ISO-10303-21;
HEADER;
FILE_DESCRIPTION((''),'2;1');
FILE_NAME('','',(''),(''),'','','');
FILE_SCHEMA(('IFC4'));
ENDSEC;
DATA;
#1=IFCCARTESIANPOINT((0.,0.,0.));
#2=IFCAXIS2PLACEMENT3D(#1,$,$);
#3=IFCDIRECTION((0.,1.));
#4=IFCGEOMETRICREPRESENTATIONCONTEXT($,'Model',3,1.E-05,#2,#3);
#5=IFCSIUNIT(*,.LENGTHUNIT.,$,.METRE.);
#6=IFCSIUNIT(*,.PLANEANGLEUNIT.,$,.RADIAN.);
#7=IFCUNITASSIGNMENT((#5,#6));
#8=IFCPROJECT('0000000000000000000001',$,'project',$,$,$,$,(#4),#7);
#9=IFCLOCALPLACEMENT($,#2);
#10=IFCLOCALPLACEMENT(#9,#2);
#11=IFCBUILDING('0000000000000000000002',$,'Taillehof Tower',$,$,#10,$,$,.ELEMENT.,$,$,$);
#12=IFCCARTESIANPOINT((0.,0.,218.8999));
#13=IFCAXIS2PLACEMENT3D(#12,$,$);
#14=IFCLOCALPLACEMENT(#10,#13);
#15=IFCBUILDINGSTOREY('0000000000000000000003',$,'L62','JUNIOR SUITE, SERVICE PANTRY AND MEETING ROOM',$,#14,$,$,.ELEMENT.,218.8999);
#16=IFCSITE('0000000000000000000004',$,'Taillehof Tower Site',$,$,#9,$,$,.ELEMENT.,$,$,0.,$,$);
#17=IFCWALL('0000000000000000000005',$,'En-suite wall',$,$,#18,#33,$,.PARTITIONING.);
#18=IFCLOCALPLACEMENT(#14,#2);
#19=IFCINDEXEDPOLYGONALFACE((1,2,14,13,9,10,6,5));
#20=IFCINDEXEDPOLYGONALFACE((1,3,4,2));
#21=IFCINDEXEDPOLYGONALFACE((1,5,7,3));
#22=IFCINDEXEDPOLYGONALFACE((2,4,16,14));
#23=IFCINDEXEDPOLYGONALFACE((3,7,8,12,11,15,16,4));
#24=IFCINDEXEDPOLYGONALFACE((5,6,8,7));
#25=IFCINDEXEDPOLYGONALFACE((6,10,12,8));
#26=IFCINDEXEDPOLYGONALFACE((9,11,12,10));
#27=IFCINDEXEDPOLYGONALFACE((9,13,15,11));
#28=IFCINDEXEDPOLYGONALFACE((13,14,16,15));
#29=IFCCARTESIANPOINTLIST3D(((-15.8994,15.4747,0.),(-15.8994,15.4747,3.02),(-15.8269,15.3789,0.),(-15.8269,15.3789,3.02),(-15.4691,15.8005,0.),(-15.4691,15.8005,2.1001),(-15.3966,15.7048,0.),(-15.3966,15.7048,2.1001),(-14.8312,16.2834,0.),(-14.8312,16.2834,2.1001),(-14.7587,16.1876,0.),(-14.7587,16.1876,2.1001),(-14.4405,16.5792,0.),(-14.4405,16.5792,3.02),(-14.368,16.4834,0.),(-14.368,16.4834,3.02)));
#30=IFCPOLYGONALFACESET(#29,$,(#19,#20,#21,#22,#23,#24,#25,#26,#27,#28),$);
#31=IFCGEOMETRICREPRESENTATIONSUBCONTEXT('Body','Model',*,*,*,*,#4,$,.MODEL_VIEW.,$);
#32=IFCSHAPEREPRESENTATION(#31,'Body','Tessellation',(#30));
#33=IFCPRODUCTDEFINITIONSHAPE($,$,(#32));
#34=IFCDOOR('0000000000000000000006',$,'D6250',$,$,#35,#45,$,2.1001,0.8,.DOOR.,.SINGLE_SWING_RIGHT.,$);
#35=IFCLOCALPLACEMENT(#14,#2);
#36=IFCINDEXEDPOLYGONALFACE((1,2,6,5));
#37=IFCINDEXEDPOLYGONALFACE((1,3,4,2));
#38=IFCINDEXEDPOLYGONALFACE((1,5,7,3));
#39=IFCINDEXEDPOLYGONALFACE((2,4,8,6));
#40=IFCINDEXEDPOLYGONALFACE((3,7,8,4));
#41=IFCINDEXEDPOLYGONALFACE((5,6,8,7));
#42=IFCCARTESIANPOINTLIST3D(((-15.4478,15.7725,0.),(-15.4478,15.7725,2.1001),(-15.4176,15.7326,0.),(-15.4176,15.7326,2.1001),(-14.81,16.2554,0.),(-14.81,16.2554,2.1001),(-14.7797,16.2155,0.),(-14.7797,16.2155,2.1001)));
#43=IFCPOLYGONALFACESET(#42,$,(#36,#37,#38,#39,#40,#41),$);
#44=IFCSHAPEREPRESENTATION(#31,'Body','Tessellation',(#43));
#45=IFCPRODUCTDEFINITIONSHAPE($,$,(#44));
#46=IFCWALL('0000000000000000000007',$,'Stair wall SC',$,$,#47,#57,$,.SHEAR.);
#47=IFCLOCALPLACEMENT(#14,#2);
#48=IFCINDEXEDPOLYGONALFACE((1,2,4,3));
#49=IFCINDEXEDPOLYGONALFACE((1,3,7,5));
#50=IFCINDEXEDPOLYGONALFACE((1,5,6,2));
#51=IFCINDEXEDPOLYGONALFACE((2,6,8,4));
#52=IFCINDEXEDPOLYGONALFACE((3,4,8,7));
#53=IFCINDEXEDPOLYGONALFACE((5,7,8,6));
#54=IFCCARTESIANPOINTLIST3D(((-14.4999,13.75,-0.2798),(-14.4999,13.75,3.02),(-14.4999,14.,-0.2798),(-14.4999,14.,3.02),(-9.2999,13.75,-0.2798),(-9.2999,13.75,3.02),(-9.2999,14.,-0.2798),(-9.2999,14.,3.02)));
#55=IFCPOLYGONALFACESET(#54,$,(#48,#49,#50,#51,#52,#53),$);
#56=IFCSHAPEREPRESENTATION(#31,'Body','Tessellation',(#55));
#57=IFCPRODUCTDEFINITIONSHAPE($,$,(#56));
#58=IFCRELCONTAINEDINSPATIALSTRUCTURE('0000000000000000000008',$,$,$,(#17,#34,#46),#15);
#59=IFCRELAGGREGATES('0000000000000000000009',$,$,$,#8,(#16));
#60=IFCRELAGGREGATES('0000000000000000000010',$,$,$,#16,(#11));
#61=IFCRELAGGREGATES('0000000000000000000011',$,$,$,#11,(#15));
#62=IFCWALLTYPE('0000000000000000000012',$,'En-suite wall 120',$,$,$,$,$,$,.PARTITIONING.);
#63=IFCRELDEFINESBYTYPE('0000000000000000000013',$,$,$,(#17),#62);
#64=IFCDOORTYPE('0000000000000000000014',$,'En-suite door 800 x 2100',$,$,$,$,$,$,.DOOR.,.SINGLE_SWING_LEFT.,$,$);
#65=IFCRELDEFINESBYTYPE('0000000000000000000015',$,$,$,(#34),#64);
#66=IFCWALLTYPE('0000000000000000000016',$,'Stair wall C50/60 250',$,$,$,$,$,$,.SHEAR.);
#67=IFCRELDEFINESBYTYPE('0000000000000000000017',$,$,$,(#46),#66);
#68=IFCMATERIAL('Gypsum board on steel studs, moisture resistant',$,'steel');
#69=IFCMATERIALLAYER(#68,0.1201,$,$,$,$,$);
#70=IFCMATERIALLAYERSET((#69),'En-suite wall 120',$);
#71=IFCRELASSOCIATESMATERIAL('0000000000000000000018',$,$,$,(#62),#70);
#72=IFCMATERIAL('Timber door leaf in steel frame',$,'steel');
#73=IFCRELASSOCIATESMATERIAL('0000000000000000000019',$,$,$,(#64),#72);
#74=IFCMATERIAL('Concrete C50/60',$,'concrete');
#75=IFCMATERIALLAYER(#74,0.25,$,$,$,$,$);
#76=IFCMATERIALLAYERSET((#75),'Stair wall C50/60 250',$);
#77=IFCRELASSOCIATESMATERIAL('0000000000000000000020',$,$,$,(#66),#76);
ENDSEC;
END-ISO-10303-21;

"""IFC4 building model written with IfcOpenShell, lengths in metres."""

from ifc_helpers import new_model, si_unit, direction, frame, frame_2d, origin, place, context, subcontext, project, spatial, rectangle, extrude, material, layer, layer_set, type_object, element, fill, save


model = new_model("IFC4")

# Units and contexts
model_context = context("Model", 3, precision=1e-05, world=origin(), true_north=direction((0.0, 1.0)))
body_context = subcontext(model_context, "Body", "Model", "MODEL_VIEW")
ifc_project = project(units=[si_unit("LENGTHUNIT", "METRE"), si_unit("PLANEANGLEUNIT", "RADIAN")], contexts=[model_context])

# Site, building, storey
site_placement = place(None, origin())
site = spatial("IfcSite", under=ifc_project, at=site_placement, Name="Taillehof Tower Site", CompositionType="ELEMENT", RefElevation=0.0)
building_placement = place(site_placement, origin())
building = spatial("IfcBuilding", under=site, at=building_placement, Name="Taillehof Tower", CompositionType="ELEMENT")
storey_placement = place(building_placement, frame((0.0, 0.0, 218.8999)))
storey = spatial("IfcBuildingStorey", under=building, at=storey_placement, Name="L62", Description="JUNIOR SUITE, SERVICE PANTRY AND MEETING ROOM", CompositionType="ELEMENT", Elevation=218.8999)

# Shared definitions
ifc_material_1 = material(Name="Gypsum board on steel studs, moisture resistant", Category="steel")
ifc_layer_1 = layer(ifc_material_1, 0.1201)
ifc_layer_set_1 = layer_set([ifc_layer_1], Name="En-suite wall 120")
wall_type_1 = type_object("IfcWallType", Name="En-suite wall 120", PredefinedType="PARTITIONING", material=ifc_layer_set_1)

# Wall, opening, door
wall_1_placement = place(storey_placement, frame((-15.8633, 15.4268, 0.0), z_axis=(0.0, 0.0, 1.0), x_axis=(0.797302, 0.60358, 0.0)))
wall_1 = element("IfcWall", 1, at=wall_1_placement, inside=storey, type_object=wall_type_1, Name="En-suite wall", PredefinedType="PARTITIONING", context=body_context, shape_type="SweptSolid", body=[
    extrude(rectangle(XDim=1.8298, YDim=0.1201, at=frame_2d((0.915, 0.0))), origin(), (0.0, 0.0, 1.0), 3.02),
])
opening_1_placement = place(wall_1_placement, frame((0.54, 0.0, 0.0)))
opening_1 = element("IfcOpeningElement", 2, at=opening_1_placement, cuts=wall_1, PredefinedType="OPENING", context=body_context, shape_type="SweptSolid", body=[
    extrude(rectangle(XDim=0.8, YDim=2.1001, at=frame_2d((0.3999, 1.05))), frame((0.0, 0.0701, 0.0), z_axis=(0.0, -1.0, 0.0), x_axis=(1.0, 0.0, 0.0)), (0.0, 0.0, 1.0), 0.1401),
])
ifc_material_2 = material(Name="Timber door leaf in steel frame", Category="steel")
door_type = type_object("IfcDoorType", Name="En-suite door 800 x 2100", OperationType="SINGLE_SWING_LEFT", PredefinedType="DOOR", material=ifc_material_2)
door_placement = place(opening_1_placement, origin())
door = element("IfcDoor", 3, at=door_placement, inside=storey, type_object=door_type, Name="D6250", OperationType="SINGLE_SWING_RIGHT", OverallHeight=2.1001, OverallWidth=0.8, PredefinedType="DOOR", context=body_context, shape_type="SweptSolid", body=[
    extrude(rectangle(XDim=0.8, YDim=2.1001, at=frame_2d((0.3999, 1.05))), frame((0.0, 0.0249, 0.0), z_axis=(0.0, -1.0, 0.0), x_axis=(1.0, 0.0, 0.0)), (0.0, 0.0, 1.0), 0.05),
])
fill(opening_1, door)

# Wall
ifc_material_3 = material(Name="Concrete C50/60", Category="concrete")
ifc_layer_2 = layer(ifc_material_3, 0.25)
ifc_layer_set_2 = layer_set([ifc_layer_2], Name="Stair wall C50/60 250")
wall_type_2 = type_object("IfcWallType", Name="Stair wall C50/60 250", PredefinedType="SHEAR", material=ifc_layer_set_2)
wall_2_placement = place(storey_placement, frame((-14.5, 13.875, -0.2798), z_axis=(0.0, 0.0, 1.0), x_axis=(1.0, 0.0, 0.0)))
element("IfcWall", 4, at=wall_2_placement, inside=storey, type_object=wall_type_2, Name="Stair wall SC", PredefinedType="SHEAR", context=body_context, shape_type="SweptSolid", body=[
    extrude(rectangle(XDim=5.2, YDim=0.25, at=frame_2d((2.6001, 0.0))), origin(), (0.0, 0.0, 1.0), 3.2998),
])

save(model, "model.ifc")
